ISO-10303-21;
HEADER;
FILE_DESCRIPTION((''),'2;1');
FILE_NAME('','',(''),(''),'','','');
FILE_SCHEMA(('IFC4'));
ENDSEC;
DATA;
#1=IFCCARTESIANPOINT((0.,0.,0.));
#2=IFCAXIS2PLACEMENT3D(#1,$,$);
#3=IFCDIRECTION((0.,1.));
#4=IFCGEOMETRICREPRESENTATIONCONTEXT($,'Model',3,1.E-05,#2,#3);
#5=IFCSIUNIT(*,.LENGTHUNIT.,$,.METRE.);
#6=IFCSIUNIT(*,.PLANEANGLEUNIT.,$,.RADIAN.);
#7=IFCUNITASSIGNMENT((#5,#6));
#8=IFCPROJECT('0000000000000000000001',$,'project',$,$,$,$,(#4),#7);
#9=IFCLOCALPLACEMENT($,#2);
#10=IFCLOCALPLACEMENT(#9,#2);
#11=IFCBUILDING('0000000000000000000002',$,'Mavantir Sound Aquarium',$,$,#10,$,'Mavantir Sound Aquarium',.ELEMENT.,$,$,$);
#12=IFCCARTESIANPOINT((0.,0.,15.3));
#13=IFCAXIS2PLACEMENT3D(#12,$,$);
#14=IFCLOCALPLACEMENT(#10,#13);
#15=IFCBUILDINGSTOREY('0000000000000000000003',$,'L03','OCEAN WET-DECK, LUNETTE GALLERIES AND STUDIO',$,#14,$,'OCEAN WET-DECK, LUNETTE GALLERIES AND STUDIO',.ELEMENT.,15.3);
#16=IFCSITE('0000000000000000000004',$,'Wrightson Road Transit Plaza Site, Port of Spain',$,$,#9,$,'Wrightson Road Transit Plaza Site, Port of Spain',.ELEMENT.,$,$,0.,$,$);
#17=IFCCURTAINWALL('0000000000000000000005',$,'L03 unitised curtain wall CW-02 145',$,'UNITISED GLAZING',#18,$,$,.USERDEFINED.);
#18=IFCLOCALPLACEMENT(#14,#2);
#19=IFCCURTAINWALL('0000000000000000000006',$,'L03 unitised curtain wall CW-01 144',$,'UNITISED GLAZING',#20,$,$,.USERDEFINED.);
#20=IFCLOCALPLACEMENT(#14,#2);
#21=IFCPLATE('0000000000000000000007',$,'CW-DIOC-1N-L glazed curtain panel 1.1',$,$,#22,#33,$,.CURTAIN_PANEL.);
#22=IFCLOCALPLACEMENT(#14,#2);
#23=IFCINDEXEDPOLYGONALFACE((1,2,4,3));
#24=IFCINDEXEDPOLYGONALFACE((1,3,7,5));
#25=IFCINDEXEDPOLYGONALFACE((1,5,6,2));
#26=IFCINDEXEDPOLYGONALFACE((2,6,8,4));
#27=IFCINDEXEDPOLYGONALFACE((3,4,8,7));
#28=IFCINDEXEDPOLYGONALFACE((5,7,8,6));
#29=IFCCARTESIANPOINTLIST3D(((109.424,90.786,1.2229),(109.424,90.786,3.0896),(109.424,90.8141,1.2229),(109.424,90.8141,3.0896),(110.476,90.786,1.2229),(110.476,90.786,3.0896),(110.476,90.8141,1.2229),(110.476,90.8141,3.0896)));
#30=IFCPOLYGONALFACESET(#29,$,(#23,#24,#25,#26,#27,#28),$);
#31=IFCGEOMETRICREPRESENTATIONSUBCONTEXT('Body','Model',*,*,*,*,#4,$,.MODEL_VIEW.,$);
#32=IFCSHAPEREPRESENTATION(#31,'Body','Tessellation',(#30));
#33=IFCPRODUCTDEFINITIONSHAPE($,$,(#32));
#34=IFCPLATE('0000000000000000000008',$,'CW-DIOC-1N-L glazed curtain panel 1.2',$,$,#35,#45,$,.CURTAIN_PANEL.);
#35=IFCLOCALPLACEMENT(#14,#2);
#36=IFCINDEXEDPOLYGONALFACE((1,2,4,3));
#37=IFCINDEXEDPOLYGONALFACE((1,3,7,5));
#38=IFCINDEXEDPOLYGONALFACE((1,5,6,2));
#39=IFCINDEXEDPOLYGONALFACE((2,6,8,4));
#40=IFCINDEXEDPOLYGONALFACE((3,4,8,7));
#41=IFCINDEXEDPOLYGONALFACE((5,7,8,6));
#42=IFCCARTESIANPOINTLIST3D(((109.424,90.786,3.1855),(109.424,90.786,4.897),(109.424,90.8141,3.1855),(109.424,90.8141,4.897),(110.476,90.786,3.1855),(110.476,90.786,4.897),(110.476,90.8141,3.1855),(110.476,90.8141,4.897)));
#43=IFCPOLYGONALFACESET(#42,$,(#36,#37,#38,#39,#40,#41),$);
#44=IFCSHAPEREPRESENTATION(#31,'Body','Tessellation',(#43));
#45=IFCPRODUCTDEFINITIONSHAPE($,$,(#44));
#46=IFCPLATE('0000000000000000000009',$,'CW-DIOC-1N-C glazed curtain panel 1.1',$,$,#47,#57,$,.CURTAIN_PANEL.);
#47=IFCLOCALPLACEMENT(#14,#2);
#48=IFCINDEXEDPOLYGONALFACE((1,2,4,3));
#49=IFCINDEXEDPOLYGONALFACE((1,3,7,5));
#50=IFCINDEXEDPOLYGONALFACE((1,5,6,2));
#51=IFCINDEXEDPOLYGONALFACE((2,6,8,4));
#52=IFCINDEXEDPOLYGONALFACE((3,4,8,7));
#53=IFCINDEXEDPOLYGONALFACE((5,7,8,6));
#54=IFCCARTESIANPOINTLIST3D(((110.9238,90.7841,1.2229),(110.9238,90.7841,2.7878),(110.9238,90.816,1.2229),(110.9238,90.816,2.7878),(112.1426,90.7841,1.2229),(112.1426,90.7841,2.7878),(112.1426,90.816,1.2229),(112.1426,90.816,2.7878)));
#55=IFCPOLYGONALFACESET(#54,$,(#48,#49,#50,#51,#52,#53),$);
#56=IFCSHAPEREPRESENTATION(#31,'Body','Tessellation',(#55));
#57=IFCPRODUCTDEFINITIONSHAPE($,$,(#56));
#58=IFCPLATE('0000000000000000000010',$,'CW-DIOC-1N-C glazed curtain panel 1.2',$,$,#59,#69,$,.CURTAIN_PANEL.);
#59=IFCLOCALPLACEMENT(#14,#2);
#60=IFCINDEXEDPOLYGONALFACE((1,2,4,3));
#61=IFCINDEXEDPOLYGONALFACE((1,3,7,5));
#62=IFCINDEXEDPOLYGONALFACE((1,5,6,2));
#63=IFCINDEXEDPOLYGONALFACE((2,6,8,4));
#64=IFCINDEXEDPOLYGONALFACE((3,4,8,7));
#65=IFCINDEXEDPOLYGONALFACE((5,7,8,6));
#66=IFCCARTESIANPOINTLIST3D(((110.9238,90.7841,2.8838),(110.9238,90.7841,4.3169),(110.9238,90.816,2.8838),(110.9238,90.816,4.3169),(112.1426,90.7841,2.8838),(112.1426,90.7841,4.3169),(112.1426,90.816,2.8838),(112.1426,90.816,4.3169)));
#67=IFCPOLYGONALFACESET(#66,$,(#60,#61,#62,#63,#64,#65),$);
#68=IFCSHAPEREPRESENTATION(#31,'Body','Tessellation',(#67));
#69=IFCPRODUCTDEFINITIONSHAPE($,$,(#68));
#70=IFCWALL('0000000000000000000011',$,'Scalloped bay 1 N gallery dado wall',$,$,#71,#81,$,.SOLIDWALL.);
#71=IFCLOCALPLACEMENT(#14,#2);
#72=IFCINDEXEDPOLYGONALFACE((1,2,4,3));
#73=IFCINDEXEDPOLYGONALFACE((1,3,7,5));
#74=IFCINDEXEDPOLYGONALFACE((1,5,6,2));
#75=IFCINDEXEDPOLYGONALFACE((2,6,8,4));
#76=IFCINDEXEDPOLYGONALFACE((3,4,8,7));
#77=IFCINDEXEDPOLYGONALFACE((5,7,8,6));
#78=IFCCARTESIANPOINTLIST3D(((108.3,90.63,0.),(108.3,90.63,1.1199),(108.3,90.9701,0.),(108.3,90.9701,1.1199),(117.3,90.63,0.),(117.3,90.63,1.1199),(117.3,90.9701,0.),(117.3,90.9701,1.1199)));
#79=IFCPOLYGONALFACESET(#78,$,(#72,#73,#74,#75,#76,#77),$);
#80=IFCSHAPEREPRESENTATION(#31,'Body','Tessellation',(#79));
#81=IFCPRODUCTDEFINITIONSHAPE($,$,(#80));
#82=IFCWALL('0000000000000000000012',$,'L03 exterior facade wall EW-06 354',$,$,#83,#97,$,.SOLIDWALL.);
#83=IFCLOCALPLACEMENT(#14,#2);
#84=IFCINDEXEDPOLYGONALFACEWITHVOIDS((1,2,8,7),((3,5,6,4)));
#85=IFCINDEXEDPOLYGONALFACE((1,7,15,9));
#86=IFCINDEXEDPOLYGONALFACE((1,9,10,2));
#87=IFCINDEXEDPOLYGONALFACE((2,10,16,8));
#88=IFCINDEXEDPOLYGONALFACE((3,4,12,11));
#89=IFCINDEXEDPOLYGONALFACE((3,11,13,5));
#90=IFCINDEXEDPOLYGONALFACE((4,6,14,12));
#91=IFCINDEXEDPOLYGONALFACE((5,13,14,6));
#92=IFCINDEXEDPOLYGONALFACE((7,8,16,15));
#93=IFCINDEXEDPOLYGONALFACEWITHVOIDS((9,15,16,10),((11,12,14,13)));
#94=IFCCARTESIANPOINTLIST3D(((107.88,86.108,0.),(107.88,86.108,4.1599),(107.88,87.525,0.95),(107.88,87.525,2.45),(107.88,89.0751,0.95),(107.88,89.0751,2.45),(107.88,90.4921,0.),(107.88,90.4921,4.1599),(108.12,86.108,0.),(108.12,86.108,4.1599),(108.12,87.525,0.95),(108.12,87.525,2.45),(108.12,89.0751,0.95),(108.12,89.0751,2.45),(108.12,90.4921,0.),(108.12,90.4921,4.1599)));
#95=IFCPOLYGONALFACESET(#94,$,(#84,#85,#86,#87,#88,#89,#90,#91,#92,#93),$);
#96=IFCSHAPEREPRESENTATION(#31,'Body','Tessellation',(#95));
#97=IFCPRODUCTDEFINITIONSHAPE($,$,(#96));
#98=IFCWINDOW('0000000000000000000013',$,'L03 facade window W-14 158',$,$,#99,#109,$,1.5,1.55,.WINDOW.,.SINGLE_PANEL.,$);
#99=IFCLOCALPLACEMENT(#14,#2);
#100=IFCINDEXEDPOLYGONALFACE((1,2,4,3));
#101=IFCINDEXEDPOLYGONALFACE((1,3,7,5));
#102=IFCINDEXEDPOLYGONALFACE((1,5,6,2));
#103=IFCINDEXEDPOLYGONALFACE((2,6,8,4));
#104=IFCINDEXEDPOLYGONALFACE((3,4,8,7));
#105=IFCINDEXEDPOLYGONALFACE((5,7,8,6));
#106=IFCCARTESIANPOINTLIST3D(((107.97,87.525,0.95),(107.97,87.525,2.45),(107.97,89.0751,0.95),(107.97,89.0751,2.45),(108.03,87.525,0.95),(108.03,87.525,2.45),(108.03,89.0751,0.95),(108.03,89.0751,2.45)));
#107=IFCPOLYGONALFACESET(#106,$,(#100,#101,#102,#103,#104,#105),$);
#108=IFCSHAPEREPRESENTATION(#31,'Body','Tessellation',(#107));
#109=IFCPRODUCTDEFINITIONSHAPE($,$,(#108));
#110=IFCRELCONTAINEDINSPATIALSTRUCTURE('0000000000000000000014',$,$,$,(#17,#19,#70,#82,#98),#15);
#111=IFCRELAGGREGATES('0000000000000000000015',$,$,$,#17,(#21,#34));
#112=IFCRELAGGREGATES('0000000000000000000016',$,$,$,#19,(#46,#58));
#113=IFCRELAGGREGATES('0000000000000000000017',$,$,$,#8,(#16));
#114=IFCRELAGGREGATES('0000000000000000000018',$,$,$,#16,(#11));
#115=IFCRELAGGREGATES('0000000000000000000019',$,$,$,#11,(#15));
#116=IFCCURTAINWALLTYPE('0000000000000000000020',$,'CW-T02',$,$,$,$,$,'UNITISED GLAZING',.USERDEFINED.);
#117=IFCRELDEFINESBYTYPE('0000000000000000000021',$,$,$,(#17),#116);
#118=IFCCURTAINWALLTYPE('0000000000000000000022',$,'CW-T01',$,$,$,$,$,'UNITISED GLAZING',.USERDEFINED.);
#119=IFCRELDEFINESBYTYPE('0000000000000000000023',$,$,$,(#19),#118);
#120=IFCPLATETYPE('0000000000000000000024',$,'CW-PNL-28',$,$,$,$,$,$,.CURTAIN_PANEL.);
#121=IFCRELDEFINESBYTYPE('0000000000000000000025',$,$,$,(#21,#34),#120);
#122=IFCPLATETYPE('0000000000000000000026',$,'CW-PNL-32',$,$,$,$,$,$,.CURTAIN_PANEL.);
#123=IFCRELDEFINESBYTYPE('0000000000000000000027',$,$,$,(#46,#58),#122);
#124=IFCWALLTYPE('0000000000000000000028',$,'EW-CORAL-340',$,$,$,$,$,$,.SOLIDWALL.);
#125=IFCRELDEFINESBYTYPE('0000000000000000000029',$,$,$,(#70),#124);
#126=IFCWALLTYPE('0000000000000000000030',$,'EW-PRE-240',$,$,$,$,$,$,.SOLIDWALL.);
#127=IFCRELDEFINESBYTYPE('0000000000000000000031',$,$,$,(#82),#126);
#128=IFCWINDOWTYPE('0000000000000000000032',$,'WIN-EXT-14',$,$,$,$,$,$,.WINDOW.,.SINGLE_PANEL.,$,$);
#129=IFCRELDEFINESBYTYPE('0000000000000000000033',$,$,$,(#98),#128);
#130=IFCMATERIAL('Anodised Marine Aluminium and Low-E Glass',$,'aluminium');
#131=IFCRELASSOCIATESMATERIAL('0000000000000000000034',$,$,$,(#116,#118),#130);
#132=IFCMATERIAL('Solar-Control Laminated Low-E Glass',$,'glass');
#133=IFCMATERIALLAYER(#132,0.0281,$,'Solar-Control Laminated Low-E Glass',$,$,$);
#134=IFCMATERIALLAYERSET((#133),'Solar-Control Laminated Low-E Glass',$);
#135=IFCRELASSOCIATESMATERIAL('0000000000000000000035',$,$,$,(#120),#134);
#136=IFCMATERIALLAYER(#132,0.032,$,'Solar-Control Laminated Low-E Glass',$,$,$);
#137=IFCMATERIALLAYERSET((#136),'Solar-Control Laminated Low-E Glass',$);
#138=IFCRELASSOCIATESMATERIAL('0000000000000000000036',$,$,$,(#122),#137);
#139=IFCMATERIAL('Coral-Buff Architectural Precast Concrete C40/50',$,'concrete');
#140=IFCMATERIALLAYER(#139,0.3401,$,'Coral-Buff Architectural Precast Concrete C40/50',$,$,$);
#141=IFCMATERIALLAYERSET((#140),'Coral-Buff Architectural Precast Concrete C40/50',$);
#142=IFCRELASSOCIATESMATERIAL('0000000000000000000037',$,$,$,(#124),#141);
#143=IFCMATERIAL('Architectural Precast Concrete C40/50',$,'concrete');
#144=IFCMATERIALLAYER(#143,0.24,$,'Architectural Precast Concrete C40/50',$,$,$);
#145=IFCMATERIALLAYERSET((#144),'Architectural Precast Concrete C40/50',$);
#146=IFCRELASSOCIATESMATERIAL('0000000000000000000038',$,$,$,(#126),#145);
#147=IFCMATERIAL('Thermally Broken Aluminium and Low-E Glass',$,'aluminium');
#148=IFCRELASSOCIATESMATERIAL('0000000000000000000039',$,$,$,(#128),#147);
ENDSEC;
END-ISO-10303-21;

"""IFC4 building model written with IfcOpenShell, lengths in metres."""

from ifc_helpers import new_model, si_unit, direction, frame, frame_2d, origin, origin_2d, place, context, subcontext, project, spatial, rectangle, extrude, material, layer, layer_set, type_object, element, fill, aggregate, save


model = new_model("IFC4")

# Units and contexts
model_context = context("Model", 3, precision=1e-05, world=origin(), true_north=direction((0.0, 1.0)))
body_context = subcontext(model_context, "Body", "Model", "MODEL_VIEW")
ifc_project = project(units=[si_unit("LENGTHUNIT", "METRE"), si_unit("PLANEANGLEUNIT", "RADIAN")], contexts=[model_context])

# Site, building, storey
site_placement = place(None, origin())
site = spatial("IfcSite", under=ifc_project, at=site_placement, Name="Wrightson Road Transit Plaza Site, Port of Spain", LongName="Wrightson Road Transit Plaza Site, Port of Spain", CompositionType="ELEMENT", RefElevation=0.0)
building_placement = place(site_placement, origin())
building = spatial("IfcBuilding", under=site, at=building_placement, Name="Mavantir Sound Aquarium", LongName="Mavantir Sound Aquarium", CompositionType="ELEMENT")
storey_placement = place(building_placement, frame((0.0, 0.0, 15.3)))
storey = spatial("IfcBuildingStorey", under=building, at=storey_placement, Name="L03", Description="OCEAN WET-DECK, LUNETTE GALLERIES AND STUDIO", LongName="OCEAN WET-DECK, LUNETTE GALLERIES AND STUDIO", CompositionType="ELEMENT", Elevation=15.3)

# Curtain walls
ifc_material_1 = material(Name="Anodised Marine Aluminium and Low-E Glass", Category="aluminium")
curtain_wall_type_1 = type_object("IfcCurtainWallType", Name="CW-T02", ElementType="UNITISED GLAZING", PredefinedType="USERDEFINED", material=ifc_material_1)
curtain_wall_1_placement = place(storey_placement, origin())
curtain_wall_1 = element("IfcCurtainWall", 1, at=curtain_wall_1_placement, inside=storey, type_object=curtain_wall_type_1, Name="L03 unitised curtain wall CW-02 145", ObjectType="UNITISED GLAZING", PredefinedType="USERDEFINED")
curtain_wall_type_2 = type_object("IfcCurtainWallType", Name="CW-T01", ElementType="UNITISED GLAZING", PredefinedType="USERDEFINED", material=ifc_material_1)
curtain_wall_2_placement = place(storey_placement, origin())
curtain_wall_2 = element("IfcCurtainWall", 2, at=curtain_wall_2_placement, inside=storey, type_object=curtain_wall_type_2, Name="L03 unitised curtain wall CW-01 144", ObjectType="UNITISED GLAZING", PredefinedType="USERDEFINED")

# Plates
ifc_material_2 = material(Name="Solar-Control Laminated Low-E Glass", Category="glass")
ifc_layer_1 = layer(ifc_material_2, 0.0281, Name="Solar-Control Laminated Low-E Glass")
ifc_layer_set_1 = layer_set([ifc_layer_1], Name="Solar-Control Laminated Low-E Glass")
plate_type_1 = type_object("IfcPlateType", Name="CW-PNL-28", PredefinedType="CURTAIN_PANEL", material=ifc_layer_set_1)
plate_1_placement = place(storey_placement, frame((109.95, 90.8, 1.2229), z_axis=(0.0, 0.0, 1.0), x_axis=(1.0, 0.0, 0.0)))
plate_1 = element("IfcPlate", 3, at=plate_1_placement, type_object=plate_type_1, Name="CW-DIOC-1N-L glazed curtain panel 1.1", PredefinedType="CURTAIN_PANEL", context=body_context, shape_type="SweptSolid", body=[
    extrude(rectangle(XDim=1.052, YDim=0.0281, at=origin_2d()), origin(), (0.0, 0.0, 1.0), 1.8667),
])
plate_2_placement = place(storey_placement, frame((109.95, 90.8, 3.1855), z_axis=(0.0, 0.0, 1.0), x_axis=(1.0, 0.0, 0.0)))
plate_2 = element("IfcPlate", 4, at=plate_2_placement, type_object=plate_type_1, Name="CW-DIOC-1N-L glazed curtain panel 1.2", PredefinedType="CURTAIN_PANEL", context=body_context, shape_type="SweptSolid", body=[
    extrude(rectangle(XDim=1.052, YDim=0.0281, at=origin_2d()), origin(), (0.0, 0.0, 1.0), 1.7114),
])
aggregate(curtain_wall_1, [plate_1, plate_2])
ifc_layer_2 = layer(ifc_material_2, 0.032, Name="Solar-Control Laminated Low-E Glass")
ifc_layer_set_2 = layer_set([ifc_layer_2], Name="Solar-Control Laminated Low-E Glass")
plate_type_2 = type_object("IfcPlateType", Name="CW-PNL-32", PredefinedType="CURTAIN_PANEL", material=ifc_layer_set_2)
plate_3_placement = place(storey_placement, frame((111.5332, 90.8, 1.2229), z_axis=(0.0, 0.0, 1.0), x_axis=(1.0, 0.0, 0.0)))
plate_3 = element("IfcPlate", 5, at=plate_3_placement, type_object=plate_type_2, Name="CW-DIOC-1N-C glazed curtain panel 1.1", PredefinedType="CURTAIN_PANEL", context=body_context, shape_type="SweptSolid", body=[
    extrude(rectangle(XDim=1.2188, YDim=0.032, at=origin_2d()), origin(), (0.0, 0.0, 1.0), 1.5649),
])
plate_4_placement = place(storey_placement, frame((111.5332, 90.8, 2.8838), z_axis=(0.0, 0.0, 1.0), x_axis=(1.0, 0.0, 0.0)))
plate_4 = element("IfcPlate", 6, at=plate_4_placement, type_object=plate_type_2, Name="CW-DIOC-1N-C glazed curtain panel 1.2", PredefinedType="CURTAIN_PANEL", context=body_context, shape_type="SweptSolid", body=[
    extrude(rectangle(XDim=1.2188, YDim=0.032, at=origin_2d()), origin(), (0.0, 0.0, 1.0), 1.4331),
])
aggregate(curtain_wall_2, [plate_3, plate_4])

# Wall
ifc_material_3 = material(Name="Coral-Buff Architectural Precast Concrete C40/50", Category="concrete")
ifc_layer_3 = layer(ifc_material_3, 0.3401, Name="Coral-Buff Architectural Precast Concrete C40/50")
ifc_layer_set_3 = layer_set([ifc_layer_3], Name="Coral-Buff Architectural Precast Concrete C40/50")
wall_type_1 = type_object("IfcWallType", Name="EW-CORAL-340", PredefinedType="SOLIDWALL", material=ifc_layer_set_3)
wall_1_placement = place(storey_placement, frame((108.3, 90.8, 0.0), z_axis=(0.0, 0.0, 1.0), x_axis=(1.0, 0.0, 0.0)))
element("IfcWall", 7, at=wall_1_placement, inside=storey, type_object=wall_type_1, Name="Scalloped bay 1 N gallery dado wall", PredefinedType="SOLIDWALL", context=body_context, shape_type="SweptSolid", body=[
    extrude(rectangle(XDim=9.0, YDim=0.3401, at=frame_2d((4.5, 0.0))), origin(), (0.0, 0.0, 1.0), 1.1199),
])

# Wall, opening, window
ifc_material_4 = material(Name="Architectural Precast Concrete C40/50", Category="concrete")
ifc_layer_4 = layer(ifc_material_4, 0.24, Name="Architectural Precast Concrete C40/50")
ifc_layer_set_4 = layer_set([ifc_layer_4], Name="Architectural Precast Concrete C40/50")
wall_type_2 = type_object("IfcWallType", Name="EW-PRE-240", PredefinedType="SOLIDWALL", material=ifc_layer_set_4)
wall_2_placement = place(storey_placement, frame((108.0, 90.4919, 0.0), z_axis=(0.0, 0.0, 1.0), x_axis=(0.0, -1.0, 0.0)))
wall_2 = element("IfcWall", 8, at=wall_2_placement, inside=storey, type_object=wall_type_2, Name="L03 exterior facade wall EW-06 354", PredefinedType="SOLIDWALL", context=body_context, shape_type="SweptSolid", body=[
    extrude(rectangle(XDim=4.384, YDim=0.24, at=frame_2d((2.1919, 0.0))), origin(), (0.0, 0.0, 1.0), 4.1599),
])
opening_placement = place(wall_2_placement, frame((1.417, 0.0, 0.95)))
opening = element("IfcOpeningElement", 9, at=opening_placement, cuts=wall_2, PredefinedType="OPENING", context=body_context, shape_type="SweptSolid", body=[
    extrude(rectangle(XDim=1.55, YDim=1.5, at=frame_2d((0.7749, 0.75))), frame((0.0, 0.1299, 0.0), z_axis=(0.0, -1.0, 0.0), x_axis=(1.0, 0.0, 0.0)), (0.0, 0.0, 1.0), 0.26),
])
ifc_material_5 = material(Name="Thermally Broken Aluminium and Low-E Glass", Category="aluminium")
window_type = type_object("IfcWindowType", Name="WIN-EXT-14", PartitioningType="SINGLE_PANEL", PredefinedType="WINDOW", material=ifc_material_5)
window_placement = place(opening_placement, origin())
window = element("IfcWindow", 10, at=window_placement, inside=storey, type_object=window_type, Name="L03 facade window W-14 158", OverallHeight=1.5, OverallWidth=1.55, PartitioningType="SINGLE_PANEL", PredefinedType="WINDOW", context=body_context, shape_type="SweptSolid", body=[
    extrude(rectangle(XDim=1.55, YDim=1.5, at=frame_2d((0.7749, 0.75))), frame((0.0, 0.03, 0.0), z_axis=(0.0, -1.0, 0.0), x_axis=(1.0, 0.0, 0.0)), (0.0, 0.0, 1.0), 0.0601),
])
fill(opening, window)

save(model, "model.ifc")
